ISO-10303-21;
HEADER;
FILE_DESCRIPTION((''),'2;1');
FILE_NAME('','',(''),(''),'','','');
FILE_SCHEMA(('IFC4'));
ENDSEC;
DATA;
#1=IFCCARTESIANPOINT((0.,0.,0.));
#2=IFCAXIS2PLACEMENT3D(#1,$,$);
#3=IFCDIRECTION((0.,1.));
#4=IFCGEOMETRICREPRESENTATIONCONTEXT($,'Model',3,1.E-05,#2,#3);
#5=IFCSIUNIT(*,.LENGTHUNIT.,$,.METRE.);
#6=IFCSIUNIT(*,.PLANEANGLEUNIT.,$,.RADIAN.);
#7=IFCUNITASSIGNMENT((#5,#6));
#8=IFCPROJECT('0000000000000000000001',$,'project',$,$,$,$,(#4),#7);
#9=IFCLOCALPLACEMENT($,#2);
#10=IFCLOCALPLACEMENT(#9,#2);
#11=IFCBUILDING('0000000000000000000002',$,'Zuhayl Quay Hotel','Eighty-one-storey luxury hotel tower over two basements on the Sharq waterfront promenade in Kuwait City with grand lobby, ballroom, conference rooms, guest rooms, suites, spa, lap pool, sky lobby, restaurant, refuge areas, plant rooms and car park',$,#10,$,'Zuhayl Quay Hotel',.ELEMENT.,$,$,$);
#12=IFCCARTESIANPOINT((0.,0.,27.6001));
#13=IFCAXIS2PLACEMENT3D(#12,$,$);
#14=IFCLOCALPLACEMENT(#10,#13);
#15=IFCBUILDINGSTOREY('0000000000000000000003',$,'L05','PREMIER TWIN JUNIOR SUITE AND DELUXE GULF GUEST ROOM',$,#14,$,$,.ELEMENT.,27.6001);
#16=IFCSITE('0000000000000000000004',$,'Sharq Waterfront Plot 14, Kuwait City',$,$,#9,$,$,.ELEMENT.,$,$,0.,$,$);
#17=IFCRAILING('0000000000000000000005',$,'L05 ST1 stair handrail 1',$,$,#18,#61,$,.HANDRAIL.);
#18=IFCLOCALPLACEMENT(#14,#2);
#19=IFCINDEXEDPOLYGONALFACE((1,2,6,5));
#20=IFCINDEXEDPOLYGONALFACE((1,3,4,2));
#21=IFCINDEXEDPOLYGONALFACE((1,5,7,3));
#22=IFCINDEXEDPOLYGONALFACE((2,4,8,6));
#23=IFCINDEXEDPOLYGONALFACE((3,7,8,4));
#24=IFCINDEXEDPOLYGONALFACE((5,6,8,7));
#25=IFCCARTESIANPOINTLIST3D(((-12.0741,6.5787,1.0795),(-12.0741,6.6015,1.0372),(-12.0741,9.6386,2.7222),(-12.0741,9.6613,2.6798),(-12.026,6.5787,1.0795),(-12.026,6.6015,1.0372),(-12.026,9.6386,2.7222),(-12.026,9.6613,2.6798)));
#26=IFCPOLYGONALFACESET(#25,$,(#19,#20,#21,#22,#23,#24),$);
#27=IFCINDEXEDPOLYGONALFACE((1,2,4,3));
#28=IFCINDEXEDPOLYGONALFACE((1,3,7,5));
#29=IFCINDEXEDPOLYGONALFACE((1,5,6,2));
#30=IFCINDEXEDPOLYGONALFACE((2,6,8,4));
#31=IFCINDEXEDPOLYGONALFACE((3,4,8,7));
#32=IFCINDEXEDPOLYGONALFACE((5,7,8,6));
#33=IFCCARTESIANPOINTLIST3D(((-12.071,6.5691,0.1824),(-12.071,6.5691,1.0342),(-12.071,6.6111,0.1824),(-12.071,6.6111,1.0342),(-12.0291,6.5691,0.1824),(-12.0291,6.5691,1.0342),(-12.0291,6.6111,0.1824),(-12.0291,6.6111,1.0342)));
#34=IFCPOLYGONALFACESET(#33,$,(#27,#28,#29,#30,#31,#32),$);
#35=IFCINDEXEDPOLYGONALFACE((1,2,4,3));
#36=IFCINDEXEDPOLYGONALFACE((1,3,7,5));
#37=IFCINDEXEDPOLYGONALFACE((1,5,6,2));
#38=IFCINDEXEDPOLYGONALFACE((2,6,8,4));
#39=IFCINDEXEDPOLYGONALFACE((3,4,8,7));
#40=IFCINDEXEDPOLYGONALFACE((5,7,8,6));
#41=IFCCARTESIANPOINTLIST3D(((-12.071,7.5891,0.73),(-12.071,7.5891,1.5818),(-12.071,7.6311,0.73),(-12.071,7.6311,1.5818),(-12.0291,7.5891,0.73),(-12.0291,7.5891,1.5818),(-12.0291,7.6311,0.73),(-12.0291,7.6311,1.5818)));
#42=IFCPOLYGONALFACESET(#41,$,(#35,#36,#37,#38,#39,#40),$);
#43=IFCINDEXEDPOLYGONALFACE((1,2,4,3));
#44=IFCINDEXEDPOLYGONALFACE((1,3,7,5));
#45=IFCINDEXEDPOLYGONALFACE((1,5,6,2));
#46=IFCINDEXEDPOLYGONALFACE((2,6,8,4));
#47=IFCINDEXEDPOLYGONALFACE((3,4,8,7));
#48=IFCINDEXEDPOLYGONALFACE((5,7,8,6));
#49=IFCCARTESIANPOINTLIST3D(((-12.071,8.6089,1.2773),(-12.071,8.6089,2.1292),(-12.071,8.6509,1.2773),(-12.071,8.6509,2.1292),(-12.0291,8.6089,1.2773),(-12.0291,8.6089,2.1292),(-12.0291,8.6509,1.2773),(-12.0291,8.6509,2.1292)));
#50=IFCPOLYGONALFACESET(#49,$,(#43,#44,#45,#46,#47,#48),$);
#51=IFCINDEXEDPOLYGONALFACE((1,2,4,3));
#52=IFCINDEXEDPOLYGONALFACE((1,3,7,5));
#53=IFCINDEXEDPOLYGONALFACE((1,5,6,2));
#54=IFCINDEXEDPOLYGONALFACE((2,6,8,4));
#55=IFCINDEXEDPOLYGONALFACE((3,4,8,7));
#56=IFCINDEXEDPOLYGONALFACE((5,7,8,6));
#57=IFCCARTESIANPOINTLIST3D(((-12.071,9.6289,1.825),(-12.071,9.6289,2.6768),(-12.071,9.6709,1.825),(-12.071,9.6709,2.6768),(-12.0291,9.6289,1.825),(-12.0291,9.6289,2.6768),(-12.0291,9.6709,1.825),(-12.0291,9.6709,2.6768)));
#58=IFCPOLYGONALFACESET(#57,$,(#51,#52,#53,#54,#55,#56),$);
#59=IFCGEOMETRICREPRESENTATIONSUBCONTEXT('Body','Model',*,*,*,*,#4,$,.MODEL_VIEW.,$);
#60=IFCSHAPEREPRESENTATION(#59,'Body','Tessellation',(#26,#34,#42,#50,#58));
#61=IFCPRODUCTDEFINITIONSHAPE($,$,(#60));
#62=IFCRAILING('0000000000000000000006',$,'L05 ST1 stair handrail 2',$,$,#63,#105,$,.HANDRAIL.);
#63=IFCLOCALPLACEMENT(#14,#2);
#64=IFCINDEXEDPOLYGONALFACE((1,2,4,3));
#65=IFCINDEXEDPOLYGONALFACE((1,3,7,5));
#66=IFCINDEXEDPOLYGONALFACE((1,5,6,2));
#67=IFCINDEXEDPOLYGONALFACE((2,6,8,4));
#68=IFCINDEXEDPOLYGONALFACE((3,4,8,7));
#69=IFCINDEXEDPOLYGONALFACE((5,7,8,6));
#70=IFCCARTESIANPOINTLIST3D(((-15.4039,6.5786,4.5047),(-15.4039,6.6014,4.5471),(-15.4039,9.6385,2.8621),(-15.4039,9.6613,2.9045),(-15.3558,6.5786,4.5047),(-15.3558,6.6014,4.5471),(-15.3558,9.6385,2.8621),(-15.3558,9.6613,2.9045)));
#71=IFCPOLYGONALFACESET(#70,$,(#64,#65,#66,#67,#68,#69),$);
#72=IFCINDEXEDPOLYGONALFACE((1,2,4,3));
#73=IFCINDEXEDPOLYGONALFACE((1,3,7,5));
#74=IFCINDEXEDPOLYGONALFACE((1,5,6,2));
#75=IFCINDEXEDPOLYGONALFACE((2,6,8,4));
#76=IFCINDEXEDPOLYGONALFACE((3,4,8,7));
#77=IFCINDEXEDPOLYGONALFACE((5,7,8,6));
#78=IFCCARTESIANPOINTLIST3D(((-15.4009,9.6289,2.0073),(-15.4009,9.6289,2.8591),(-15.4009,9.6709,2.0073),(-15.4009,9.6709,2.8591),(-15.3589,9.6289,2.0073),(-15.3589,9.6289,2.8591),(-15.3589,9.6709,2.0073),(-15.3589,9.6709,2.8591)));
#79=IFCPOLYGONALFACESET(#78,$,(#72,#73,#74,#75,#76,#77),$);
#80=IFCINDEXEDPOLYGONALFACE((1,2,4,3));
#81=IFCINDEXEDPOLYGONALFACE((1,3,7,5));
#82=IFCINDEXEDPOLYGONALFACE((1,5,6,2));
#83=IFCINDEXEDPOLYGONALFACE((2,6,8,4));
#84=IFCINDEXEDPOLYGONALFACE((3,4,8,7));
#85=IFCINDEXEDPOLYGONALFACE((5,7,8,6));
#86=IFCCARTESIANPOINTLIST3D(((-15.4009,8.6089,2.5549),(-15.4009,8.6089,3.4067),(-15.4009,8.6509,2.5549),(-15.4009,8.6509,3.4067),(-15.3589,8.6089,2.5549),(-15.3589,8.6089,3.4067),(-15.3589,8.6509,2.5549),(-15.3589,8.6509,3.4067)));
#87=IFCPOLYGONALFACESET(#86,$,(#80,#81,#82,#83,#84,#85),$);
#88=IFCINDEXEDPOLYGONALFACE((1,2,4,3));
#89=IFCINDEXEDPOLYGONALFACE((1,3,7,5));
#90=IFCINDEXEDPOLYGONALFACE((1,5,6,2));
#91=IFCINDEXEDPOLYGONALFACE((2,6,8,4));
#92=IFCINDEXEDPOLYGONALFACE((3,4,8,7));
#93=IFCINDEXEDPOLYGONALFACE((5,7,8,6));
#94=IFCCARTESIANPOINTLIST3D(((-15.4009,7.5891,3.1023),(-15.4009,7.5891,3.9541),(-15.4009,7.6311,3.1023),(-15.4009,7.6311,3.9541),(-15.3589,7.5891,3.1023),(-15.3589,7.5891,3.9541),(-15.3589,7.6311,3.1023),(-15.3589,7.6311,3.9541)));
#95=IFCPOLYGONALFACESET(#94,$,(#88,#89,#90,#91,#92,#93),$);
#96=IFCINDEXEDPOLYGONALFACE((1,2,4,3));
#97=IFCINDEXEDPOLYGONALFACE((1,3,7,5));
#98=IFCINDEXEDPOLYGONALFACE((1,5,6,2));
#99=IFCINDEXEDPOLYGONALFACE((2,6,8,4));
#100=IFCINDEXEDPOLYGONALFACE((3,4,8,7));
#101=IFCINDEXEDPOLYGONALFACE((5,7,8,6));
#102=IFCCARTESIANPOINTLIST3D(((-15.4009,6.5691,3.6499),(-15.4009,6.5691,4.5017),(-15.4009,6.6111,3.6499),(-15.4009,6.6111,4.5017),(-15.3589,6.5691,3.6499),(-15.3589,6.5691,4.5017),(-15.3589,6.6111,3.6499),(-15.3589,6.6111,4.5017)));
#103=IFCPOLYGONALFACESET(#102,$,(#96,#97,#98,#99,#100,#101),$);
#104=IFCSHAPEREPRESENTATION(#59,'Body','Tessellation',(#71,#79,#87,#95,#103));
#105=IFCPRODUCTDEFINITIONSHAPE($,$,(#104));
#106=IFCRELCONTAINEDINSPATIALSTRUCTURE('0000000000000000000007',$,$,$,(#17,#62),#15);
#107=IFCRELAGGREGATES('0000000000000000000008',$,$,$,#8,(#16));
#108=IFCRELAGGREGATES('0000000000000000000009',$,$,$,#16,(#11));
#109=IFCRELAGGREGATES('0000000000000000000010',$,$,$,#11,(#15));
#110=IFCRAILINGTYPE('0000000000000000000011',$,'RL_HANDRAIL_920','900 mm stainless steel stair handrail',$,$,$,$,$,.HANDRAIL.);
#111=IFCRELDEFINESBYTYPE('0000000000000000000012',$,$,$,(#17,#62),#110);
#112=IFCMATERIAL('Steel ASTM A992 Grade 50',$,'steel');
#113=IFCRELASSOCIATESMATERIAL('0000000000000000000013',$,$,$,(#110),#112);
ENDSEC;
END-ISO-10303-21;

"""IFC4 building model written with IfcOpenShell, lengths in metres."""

from ifc_helpers import new_model, si_unit, direction, frame, origin, origin_2d, place, context, subcontext, project, spatial, rectangle, extrude, material, type_object, element, save


model = new_model("IFC4")

# Units and contexts
model_context = context("Model", 3, precision=1e-05, world=origin(), true_north=direction((0.0, 1.0)))
body_context = subcontext(model_context, "Body", "Model", "MODEL_VIEW")
ifc_project = project(units=[si_unit("LENGTHUNIT", "METRE"), si_unit("PLANEANGLEUNIT", "RADIAN")], contexts=[model_context])

# Site, building, storey
site_placement = place(None, origin())
site = spatial("IfcSite", under=ifc_project, at=site_placement, Name="Sharq Waterfront Plot 14, Kuwait City", CompositionType="ELEMENT", RefElevation=0.0)
building_placement = place(site_placement, origin())
building = spatial("IfcBuilding", under=site, at=building_placement, Name="Zuhayl Quay Hotel", Description="Eighty-one-storey luxury hotel tower over two basements on the Sharq waterfront promenade in Kuwait City with grand lobby, ballroom, conference rooms, guest rooms, suites, spa, lap pool, sky lobby, restaurant, refuge areas, plant rooms and car park", LongName="Zuhayl Quay Hotel", CompositionType="ELEMENT")
storey_placement = place(building_placement, frame((0.0, 0.0, 27.6001)))
storey = spatial("IfcBuildingStorey", under=building, at=storey_placement, Name="L05", Description="PREMIER TWIN JUNIOR SUITE AND DELUXE GULF GUEST ROOM", CompositionType="ELEMENT", Elevation=27.6001)

# Shared definitions
ifc_material_1 = material(Name="Steel ASTM A992 Grade 50", Category="steel")

# Railings
railing_type_1 = type_object("IfcRailingType", Name="RL_HANDRAIL_920", Description="900 mm stainless steel stair handrail", PredefinedType="HANDRAIL", material=ifc_material_1)
railing_1_placement = place(storey_placement, frame((-12.05, 6.5901, 0.1824)))
element("IfcRailing", 1, at=railing_1_placement, inside=storey, type_object=railing_type_1, Name="L05 ST1 stair handrail 1", PredefinedType="HANDRAIL", context=body_context, shape_type="SweptSolid", body=[
    extrude(rectangle(XDim=0.0481, YDim=0.0481, at=origin_2d()), frame((0.0, 0.0, 0.876), z_axis=(0.0, 0.881073, 0.47298), x_axis=(-1.0, 0.0, 0.0)), (0.0, 0.0, 1.0), 3.4729),
    extrude(rectangle(XDim=0.042, YDim=0.042, at=origin_2d()), origin(), (0.0, 0.0, 1.0), 0.8518),
    extrude(rectangle(XDim=0.042, YDim=0.042, at=origin_2d()), frame((0.0, 1.02, 0.5476)), (0.0, 0.0, 1.0), 0.8518),
    extrude(rectangle(XDim=0.042, YDim=0.042, at=origin_2d()), frame((0.0, 2.0398, 1.095)), (0.0, 0.0, 1.0), 0.8518),
    extrude(rectangle(XDim=0.042, YDim=0.042, at=origin_2d()), frame((0.0, 3.0598, 1.6426)), (0.0, 0.0, 1.0), 0.8518),
])
railing_2_placement = place(storey_placement, frame((-15.3799, 9.6499, 2.0073)))
element("IfcRailing", 2, at=railing_2_placement, inside=storey, type_object=railing_type_1, Name="L05 ST1 stair handrail 2", PredefinedType="HANDRAIL", context=body_context, shape_type="SweptSolid", body=[
    extrude(rectangle(XDim=0.0481, YDim=0.0481, at=origin_2d()), frame((0.0, 0.0, 0.876), z_axis=(0.0, -0.881073, 0.47298), x_axis=(1.0, 0.0, 0.0)), (0.0, 0.0, 1.0), 3.4729),
    extrude(rectangle(XDim=0.042, YDim=0.042, at=origin_2d()), origin(), (0.0, 0.0, 1.0), 0.8518),
    extrude(rectangle(XDim=0.042, YDim=0.042, at=origin_2d()), frame((0.0, -1.02, 0.5476)), (0.0, 0.0, 1.0), 0.8518),
    extrude(rectangle(XDim=0.042, YDim=0.042, at=origin_2d()), frame((0.0, -2.0398, 1.095)), (0.0, 0.0, 1.0), 0.8518),
    extrude(rectangle(XDim=0.042, YDim=0.042, at=origin_2d()), frame((0.0, -3.0598, 1.6426)), (0.0, 0.0, 1.0), 0.8518),
])

save(model, "model.ifc")
